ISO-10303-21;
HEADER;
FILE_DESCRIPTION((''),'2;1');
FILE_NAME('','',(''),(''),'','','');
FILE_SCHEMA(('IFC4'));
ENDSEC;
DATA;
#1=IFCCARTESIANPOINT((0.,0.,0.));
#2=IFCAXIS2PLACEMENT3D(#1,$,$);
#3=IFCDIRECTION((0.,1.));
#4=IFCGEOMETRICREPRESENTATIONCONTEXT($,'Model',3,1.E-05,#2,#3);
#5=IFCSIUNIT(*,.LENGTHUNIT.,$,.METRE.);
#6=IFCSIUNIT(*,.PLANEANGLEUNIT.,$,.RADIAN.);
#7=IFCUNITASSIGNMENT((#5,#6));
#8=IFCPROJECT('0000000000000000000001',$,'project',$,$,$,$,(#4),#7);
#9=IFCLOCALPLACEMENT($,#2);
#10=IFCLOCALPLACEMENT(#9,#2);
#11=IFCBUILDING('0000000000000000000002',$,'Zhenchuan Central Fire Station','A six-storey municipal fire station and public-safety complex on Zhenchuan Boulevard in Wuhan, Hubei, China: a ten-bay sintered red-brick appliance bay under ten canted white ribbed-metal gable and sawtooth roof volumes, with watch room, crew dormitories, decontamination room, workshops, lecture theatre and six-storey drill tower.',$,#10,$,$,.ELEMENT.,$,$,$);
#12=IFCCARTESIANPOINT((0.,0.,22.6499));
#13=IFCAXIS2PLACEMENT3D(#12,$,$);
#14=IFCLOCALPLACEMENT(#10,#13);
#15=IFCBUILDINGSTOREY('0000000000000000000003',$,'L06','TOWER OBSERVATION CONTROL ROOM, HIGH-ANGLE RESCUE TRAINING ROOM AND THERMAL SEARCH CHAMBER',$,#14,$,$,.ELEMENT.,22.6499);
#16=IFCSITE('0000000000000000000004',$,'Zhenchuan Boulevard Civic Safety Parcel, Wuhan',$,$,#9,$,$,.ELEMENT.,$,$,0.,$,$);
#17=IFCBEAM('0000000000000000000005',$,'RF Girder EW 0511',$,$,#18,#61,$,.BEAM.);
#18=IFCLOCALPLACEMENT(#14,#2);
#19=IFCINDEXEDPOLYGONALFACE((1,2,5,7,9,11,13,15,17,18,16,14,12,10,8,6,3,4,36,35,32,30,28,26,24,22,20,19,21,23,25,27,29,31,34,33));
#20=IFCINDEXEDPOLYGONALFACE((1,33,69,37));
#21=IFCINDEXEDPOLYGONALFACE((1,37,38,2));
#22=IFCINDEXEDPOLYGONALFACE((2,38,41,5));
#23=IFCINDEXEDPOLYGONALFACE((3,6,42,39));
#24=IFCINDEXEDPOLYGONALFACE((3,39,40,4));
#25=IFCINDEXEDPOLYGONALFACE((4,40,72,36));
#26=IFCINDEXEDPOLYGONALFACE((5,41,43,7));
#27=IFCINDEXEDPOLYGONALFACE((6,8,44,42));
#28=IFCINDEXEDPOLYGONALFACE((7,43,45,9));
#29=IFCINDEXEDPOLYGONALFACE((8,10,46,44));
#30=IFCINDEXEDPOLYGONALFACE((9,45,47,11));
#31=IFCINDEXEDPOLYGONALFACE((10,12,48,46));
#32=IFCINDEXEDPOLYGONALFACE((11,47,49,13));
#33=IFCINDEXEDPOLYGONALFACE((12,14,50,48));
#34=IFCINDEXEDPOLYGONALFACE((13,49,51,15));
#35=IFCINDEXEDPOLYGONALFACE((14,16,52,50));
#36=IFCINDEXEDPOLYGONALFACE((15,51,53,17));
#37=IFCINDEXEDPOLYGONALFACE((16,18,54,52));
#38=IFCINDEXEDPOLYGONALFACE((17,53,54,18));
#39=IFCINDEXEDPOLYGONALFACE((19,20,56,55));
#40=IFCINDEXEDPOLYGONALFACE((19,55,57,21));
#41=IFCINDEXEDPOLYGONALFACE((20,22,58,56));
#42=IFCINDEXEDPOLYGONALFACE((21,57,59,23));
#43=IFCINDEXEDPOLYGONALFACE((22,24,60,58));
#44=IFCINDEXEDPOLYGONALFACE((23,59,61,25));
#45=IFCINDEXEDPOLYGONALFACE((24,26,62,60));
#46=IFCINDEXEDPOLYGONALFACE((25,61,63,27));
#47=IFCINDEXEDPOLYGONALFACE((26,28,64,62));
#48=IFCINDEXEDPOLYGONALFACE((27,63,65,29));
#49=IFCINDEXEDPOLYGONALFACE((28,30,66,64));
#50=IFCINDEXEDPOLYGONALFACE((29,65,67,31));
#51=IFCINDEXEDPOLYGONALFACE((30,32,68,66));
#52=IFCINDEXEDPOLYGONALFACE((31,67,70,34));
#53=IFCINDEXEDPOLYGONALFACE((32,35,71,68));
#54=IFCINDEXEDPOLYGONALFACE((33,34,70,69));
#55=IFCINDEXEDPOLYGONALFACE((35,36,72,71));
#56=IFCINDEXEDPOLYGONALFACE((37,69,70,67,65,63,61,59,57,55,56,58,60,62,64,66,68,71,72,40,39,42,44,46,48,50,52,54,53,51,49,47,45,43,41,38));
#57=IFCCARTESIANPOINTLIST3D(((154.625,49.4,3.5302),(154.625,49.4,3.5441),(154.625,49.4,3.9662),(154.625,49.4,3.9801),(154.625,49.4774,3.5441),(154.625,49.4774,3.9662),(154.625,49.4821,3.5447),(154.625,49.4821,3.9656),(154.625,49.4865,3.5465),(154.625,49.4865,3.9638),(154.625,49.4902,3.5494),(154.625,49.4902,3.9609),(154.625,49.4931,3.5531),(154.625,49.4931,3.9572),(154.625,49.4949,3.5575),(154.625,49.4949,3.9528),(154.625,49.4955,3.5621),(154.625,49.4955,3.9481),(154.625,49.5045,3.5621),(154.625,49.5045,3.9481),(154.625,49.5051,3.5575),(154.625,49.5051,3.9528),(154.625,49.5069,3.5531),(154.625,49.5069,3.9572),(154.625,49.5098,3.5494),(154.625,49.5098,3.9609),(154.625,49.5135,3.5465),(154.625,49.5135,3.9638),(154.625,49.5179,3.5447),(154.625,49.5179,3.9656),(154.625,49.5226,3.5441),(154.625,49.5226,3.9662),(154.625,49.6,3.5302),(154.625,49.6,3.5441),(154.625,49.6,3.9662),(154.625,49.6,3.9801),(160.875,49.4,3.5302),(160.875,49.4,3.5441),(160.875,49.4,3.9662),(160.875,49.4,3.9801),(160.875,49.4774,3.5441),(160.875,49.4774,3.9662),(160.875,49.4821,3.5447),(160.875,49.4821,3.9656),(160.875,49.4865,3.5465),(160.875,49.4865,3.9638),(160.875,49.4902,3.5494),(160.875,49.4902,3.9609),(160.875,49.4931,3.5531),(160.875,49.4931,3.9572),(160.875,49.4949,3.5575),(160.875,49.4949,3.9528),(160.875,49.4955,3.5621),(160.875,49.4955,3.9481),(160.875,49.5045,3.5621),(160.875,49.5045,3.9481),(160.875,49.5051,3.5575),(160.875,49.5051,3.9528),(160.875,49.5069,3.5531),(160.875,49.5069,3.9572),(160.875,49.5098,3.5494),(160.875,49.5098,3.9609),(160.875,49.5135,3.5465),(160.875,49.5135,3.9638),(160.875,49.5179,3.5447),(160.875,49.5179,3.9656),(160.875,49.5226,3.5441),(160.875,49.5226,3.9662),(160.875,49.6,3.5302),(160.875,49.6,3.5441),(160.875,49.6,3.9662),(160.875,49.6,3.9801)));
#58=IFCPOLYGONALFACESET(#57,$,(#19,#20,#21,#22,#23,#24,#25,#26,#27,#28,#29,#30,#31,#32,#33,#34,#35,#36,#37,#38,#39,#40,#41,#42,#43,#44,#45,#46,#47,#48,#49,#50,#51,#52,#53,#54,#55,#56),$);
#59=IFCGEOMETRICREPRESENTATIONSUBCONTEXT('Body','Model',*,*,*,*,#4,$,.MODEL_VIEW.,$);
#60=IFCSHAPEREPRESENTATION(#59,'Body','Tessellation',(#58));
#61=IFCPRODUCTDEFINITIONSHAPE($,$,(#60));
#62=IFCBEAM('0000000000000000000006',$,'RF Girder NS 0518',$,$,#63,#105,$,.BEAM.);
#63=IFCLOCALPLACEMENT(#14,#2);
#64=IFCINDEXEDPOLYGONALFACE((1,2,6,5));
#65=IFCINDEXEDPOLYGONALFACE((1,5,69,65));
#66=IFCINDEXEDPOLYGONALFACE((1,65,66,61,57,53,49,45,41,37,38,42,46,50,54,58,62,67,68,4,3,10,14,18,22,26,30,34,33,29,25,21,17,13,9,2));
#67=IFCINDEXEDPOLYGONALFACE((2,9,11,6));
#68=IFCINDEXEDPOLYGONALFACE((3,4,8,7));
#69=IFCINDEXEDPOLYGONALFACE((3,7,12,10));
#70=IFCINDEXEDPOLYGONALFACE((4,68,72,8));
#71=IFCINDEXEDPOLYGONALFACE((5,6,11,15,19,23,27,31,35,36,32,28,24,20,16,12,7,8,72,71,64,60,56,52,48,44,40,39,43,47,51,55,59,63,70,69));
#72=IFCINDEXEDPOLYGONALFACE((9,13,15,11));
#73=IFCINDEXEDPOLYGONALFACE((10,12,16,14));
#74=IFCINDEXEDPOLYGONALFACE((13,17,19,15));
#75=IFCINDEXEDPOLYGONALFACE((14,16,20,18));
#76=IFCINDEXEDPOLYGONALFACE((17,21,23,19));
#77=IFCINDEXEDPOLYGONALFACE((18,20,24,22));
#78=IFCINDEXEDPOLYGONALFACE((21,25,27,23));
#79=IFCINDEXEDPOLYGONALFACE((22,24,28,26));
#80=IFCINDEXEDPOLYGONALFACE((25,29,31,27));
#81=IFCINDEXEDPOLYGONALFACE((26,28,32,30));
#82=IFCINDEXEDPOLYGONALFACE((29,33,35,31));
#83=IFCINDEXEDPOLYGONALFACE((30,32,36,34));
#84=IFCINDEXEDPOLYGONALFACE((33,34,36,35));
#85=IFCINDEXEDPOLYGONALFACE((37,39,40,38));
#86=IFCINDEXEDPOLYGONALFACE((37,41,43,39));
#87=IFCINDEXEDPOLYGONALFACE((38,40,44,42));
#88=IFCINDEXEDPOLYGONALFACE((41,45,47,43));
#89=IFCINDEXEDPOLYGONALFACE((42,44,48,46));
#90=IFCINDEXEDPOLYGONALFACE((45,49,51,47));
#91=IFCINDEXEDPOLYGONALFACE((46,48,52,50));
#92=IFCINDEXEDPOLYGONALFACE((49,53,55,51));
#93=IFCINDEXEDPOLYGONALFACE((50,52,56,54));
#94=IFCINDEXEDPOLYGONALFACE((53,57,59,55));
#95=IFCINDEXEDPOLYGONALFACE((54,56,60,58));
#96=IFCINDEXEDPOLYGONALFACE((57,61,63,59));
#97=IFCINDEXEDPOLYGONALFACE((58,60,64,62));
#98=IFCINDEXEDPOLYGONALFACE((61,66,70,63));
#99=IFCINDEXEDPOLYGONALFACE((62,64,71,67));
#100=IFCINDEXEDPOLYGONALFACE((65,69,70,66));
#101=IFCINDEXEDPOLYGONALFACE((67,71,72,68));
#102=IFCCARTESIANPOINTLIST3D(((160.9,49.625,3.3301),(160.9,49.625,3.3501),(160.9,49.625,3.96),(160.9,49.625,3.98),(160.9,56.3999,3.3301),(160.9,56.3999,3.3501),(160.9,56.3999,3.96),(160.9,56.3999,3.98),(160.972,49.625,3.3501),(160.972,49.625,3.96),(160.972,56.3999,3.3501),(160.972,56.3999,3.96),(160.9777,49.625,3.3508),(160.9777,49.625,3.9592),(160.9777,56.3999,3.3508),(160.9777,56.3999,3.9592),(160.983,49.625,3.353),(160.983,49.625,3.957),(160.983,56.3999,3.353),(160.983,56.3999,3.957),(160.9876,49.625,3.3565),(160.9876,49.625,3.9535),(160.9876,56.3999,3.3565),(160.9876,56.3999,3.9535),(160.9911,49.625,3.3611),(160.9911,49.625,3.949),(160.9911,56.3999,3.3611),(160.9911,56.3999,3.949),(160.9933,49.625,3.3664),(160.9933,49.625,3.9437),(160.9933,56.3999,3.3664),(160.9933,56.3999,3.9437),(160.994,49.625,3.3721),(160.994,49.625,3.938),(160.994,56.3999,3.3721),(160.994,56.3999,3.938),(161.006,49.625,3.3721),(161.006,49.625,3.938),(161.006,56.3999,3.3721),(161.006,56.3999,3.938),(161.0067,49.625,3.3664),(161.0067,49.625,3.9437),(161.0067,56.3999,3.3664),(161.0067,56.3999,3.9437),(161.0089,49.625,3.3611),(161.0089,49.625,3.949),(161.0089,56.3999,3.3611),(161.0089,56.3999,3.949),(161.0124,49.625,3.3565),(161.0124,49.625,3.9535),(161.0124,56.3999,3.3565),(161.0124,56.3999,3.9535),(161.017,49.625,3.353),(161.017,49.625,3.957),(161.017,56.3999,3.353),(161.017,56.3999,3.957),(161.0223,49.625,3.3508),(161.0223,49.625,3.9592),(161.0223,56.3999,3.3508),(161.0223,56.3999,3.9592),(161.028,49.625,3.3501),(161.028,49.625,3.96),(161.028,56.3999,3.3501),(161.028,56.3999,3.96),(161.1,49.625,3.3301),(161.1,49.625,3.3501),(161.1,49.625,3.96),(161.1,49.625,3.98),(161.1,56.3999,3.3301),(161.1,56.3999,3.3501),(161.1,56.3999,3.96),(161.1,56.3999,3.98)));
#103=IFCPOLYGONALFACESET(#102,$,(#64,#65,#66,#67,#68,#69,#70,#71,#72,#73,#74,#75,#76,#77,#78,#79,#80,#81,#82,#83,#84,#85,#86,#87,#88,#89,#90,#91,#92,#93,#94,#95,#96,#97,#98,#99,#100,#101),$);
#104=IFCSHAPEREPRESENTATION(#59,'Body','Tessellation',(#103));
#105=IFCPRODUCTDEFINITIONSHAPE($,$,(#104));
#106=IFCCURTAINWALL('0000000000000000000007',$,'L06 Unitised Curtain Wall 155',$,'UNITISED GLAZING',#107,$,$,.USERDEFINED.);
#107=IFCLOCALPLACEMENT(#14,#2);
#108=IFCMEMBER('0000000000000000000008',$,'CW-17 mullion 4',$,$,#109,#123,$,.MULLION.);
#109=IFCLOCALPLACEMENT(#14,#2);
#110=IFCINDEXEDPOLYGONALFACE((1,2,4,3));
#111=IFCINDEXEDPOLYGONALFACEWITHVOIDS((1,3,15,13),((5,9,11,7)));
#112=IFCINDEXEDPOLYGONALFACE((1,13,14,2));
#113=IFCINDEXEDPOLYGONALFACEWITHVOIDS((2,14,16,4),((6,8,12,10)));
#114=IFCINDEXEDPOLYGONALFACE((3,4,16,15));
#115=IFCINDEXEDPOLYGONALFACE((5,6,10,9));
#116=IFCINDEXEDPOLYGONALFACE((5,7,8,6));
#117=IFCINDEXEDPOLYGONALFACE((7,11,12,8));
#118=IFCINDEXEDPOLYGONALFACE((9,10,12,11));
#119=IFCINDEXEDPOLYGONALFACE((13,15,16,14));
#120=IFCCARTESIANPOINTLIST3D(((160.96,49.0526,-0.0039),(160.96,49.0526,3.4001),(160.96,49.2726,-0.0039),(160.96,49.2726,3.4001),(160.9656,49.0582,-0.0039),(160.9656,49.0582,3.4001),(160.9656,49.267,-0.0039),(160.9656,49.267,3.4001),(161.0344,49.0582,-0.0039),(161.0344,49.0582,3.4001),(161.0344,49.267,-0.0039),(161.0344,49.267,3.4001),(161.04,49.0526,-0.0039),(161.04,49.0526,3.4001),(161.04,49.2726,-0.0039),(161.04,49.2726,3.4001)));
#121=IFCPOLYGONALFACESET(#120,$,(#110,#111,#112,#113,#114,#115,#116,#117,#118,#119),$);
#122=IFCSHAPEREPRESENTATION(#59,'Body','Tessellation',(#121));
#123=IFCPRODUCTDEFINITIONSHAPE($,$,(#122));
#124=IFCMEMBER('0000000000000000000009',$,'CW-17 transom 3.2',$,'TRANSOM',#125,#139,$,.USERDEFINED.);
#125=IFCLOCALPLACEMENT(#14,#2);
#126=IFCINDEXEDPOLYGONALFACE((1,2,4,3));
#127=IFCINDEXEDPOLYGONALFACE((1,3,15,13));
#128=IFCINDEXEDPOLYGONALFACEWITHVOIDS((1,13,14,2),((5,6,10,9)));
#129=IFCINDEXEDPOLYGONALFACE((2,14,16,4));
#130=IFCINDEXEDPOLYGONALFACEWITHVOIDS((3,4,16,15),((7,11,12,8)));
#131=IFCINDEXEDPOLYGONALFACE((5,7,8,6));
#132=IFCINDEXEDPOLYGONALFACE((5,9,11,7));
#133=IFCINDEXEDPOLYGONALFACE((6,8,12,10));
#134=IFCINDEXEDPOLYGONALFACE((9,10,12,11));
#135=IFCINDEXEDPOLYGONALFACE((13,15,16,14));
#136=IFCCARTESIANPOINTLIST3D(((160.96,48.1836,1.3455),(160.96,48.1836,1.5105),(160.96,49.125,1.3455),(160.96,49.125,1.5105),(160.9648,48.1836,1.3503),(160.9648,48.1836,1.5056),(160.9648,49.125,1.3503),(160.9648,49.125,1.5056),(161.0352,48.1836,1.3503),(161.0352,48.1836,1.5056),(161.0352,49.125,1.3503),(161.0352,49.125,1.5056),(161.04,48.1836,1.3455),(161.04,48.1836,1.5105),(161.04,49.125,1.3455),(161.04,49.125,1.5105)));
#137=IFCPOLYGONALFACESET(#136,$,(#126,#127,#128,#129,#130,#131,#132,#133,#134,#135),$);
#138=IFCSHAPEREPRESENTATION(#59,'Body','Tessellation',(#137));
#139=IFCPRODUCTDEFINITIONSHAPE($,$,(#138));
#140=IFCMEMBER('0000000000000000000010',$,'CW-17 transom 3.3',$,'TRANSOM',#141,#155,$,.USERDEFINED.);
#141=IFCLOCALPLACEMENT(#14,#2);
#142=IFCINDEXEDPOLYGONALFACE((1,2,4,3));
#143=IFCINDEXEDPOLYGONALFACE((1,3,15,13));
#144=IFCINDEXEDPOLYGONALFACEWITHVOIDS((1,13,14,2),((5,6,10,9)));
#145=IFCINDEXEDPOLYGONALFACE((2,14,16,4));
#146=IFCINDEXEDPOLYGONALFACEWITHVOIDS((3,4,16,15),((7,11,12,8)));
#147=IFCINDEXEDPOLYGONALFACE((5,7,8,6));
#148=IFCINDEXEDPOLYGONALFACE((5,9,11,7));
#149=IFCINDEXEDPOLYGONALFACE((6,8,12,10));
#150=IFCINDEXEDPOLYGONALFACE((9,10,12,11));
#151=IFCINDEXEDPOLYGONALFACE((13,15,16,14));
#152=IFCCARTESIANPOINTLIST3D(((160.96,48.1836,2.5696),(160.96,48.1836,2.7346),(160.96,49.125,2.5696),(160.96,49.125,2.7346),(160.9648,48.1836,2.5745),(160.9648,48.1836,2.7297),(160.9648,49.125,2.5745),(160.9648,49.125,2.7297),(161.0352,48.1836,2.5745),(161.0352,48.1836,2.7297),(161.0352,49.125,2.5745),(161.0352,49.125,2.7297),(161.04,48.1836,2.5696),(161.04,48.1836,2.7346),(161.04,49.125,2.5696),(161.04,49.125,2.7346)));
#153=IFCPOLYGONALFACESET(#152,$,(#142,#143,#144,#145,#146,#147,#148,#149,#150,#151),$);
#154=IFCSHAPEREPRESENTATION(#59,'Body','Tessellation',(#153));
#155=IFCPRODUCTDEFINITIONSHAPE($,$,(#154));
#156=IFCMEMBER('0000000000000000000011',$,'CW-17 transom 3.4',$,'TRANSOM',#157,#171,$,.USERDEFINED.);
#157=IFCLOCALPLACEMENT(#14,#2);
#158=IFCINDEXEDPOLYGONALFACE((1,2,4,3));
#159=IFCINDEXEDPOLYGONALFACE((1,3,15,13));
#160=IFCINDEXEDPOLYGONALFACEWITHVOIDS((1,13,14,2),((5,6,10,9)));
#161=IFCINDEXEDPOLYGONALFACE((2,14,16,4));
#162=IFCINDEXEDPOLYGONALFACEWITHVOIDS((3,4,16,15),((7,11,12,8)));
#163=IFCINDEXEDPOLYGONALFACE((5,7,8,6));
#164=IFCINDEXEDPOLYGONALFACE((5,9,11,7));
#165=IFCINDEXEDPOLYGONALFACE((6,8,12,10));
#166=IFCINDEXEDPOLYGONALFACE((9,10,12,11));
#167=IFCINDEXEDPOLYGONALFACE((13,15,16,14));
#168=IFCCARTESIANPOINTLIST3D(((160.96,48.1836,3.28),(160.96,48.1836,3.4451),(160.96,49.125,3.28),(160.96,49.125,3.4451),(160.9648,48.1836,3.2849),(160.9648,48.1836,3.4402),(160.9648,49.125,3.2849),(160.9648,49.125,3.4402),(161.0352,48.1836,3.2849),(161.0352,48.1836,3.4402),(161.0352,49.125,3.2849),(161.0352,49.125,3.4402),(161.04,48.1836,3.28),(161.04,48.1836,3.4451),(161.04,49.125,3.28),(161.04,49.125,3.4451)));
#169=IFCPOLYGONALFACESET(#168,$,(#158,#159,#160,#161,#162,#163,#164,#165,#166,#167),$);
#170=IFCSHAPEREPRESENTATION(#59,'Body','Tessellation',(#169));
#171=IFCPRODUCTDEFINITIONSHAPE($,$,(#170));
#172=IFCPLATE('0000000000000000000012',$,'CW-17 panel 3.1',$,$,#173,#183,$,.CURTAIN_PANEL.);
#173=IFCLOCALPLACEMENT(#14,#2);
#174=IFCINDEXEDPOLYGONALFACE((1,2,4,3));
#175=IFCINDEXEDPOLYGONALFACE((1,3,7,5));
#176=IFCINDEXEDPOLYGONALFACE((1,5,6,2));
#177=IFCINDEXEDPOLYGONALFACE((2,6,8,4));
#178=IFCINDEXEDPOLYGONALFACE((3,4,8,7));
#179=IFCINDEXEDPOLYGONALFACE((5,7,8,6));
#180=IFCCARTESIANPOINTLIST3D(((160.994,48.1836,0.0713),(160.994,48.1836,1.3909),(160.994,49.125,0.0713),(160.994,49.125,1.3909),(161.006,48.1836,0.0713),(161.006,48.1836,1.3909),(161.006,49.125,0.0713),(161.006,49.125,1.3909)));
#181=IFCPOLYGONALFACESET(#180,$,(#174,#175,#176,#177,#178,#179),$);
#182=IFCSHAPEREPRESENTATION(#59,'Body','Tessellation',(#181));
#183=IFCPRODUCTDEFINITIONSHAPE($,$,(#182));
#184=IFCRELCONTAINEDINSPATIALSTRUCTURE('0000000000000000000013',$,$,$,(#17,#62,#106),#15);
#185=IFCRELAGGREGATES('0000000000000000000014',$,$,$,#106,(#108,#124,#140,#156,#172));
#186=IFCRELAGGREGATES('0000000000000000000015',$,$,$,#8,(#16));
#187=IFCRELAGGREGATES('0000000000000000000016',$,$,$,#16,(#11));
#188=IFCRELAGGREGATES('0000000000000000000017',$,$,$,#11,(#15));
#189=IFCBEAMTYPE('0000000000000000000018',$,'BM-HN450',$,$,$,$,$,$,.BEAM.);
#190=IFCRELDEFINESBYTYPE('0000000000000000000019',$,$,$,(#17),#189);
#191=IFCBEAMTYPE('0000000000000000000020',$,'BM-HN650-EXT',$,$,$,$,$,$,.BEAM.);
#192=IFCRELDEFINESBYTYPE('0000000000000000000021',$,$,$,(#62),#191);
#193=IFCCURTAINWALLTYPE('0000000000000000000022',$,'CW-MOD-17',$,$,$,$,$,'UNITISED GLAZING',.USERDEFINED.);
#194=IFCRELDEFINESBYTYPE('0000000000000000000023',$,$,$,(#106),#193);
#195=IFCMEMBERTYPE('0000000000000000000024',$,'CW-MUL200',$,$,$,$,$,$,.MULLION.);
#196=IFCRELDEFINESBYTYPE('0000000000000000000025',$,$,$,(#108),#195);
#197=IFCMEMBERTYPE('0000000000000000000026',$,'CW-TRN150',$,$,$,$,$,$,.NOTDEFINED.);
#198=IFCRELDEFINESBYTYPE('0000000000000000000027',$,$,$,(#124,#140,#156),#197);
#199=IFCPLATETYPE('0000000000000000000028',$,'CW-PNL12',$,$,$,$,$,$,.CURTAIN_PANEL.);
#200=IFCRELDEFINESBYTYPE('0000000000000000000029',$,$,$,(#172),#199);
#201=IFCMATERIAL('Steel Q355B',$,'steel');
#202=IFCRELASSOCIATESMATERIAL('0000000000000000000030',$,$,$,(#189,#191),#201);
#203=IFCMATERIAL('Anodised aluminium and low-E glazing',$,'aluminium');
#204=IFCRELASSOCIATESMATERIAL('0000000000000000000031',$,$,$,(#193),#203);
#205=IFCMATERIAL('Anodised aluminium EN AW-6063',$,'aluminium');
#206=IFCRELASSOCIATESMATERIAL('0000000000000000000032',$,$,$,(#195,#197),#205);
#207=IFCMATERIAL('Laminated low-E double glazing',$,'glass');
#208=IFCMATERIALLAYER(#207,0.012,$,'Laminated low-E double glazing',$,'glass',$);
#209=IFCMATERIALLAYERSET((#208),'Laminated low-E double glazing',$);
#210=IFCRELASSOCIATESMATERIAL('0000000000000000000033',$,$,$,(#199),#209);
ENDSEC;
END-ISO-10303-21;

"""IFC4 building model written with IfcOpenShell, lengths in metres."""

from ifc_helpers import new_model, si_unit, direction, frame, origin, origin_2d, place, context, subcontext, project, spatial, rectangle, hollow_rectangle, i_section, extrude, material, layer, layer_set, material_profile, profile_set, type_object, element, aggregate, save


model = new_model("IFC4")

# Units and contexts
model_context = context("Model", 3, precision=1e-05, world=origin(), true_north=direction((0.0, 1.0)))
body_context = subcontext(model_context, "Body", "Model", "MODEL_VIEW")
ifc_project = project(units=[si_unit("LENGTHUNIT", "METRE"), si_unit("PLANEANGLEUNIT", "RADIAN")], contexts=[model_context])

# Site, building, storey
site_placement = place(None, origin())
site = spatial("IfcSite", under=ifc_project, at=site_placement, Name="Zhenchuan Boulevard Civic Safety Parcel, Wuhan", CompositionType="ELEMENT", RefElevation=0.0)
building_placement = place(site_placement, origin())
building = spatial("IfcBuilding", under=site, at=building_placement, Name="Zhenchuan Central Fire Station", Description="A six-storey municipal fire station and public-safety complex on Zhenchuan Boulevard in Wuhan, Hubei, China: a ten-bay sintered red-brick appliance bay under ten canted white ribbed-metal gable and sawtooth roof volumes, with watch room, crew dormitories, decontamination room, workshops, lecture theatre and six-storey drill tower.", CompositionType="ELEMENT")
storey_placement = place(building_placement, frame((0.0, 0.0, 22.6499)))
storey = spatial("IfcBuildingStorey", under=building, at=storey_placement, Name="L06", Description="TOWER OBSERVATION CONTROL ROOM, HIGH-ANGLE RESCUE TRAINING ROOM AND THERMAL SEARCH CHAMBER", CompositionType="ELEMENT", Elevation=22.6499)

# Shared definitions
ifc_material_1 = material(Name="Steel Q355B", Category="steel")

# Beams
ifc_material_profile_1 = material_profile(ifc_material_1, i_section(OverallWidth=0.2, OverallDepth=0.45, WebThickness=0.009, FlangeThickness=0.0139, FilletRadius=0.0181, at=origin_2d()), Name="HN 450x200")
ifc_profile_set_1 = profile_set([ifc_material_profile_1], Name="Steel Q355B")
beam_type_1 = type_object("IfcBeamType", Name="BM-HN450", PredefinedType="BEAM", material=ifc_profile_set_1)
beam_1_placement = place(storey_placement, frame((154.625, 49.5, 3.7551), z_axis=(1.0, 0.0, 0.0), x_axis=(0.0, 1.0, 0.0)))
element("IfcBeam", 1, at=beam_1_placement, inside=storey, type_object=beam_type_1, Name="RF Girder EW 0511", PredefinedType="BEAM", context=body_context, shape_type="SweptSolid", body=[
    extrude(i_section(OverallWidth=0.2, OverallDepth=0.45, WebThickness=0.009, FlangeThickness=0.0139, FilletRadius=0.0181, at=origin_2d()), origin(), (0.0, 0.0, 1.0), 6.25),
])
ifc_material_profile_2 = material_profile(ifc_material_1, i_section(OverallWidth=0.2, OverallDepth=0.6499, WebThickness=0.012, FlangeThickness=0.02, FilletRadius=0.022, at=origin_2d()), Name="HN 650x200")
ifc_profile_set_2 = profile_set([ifc_material_profile_2], Name="Steel Q355B")
beam_type_2 = type_object("IfcBeamType", Name="BM-HN650-EXT", PredefinedType="BEAM", material=ifc_profile_set_2)
beam_2_placement = place(storey_placement, frame((161.0, 49.625, 3.655), z_axis=(0.0, 1.0, 0.0), x_axis=(-1.0, 0.0, 0.0)))
element("IfcBeam", 2, at=beam_2_placement, inside=storey, type_object=beam_type_2, Name="RF Girder NS 0518", PredefinedType="BEAM", context=body_context, shape_type="SweptSolid", body=[
    extrude(i_section(OverallWidth=0.2, OverallDepth=0.6499, WebThickness=0.012, FlangeThickness=0.02, FilletRadius=0.022, at=origin_2d()), origin(), (0.0, 0.0, 1.0), 6.7749),
])

# Curtain wall, members, plate
ifc_material_2 = material(Name="Anodised aluminium and low-E glazing", Category="aluminium")
curtain_wall_type = type_object("IfcCurtainWallType", Name="CW-MOD-17", ElementType="UNITISED GLAZING", PredefinedType="USERDEFINED", material=ifc_material_2)
curtain_wall_placement = place(storey_placement, origin())
curtain_wall = element("IfcCurtainWall", 3, at=curtain_wall_placement, inside=storey, type_object=curtain_wall_type, Name="L06 Unitised Curtain Wall 155", ObjectType="UNITISED GLAZING", PredefinedType="USERDEFINED")
ifc_material_3 = material(Name="Anodised aluminium EN AW-6063", Category="aluminium")
ifc_material_profile_3 = material_profile(ifc_material_3, hollow_rectangle(XDim=0.0801, YDim=0.22, WallThickness=0.0056, at=origin_2d()), Name="ALU-M 220x80")
ifc_profile_set_3 = profile_set([ifc_material_profile_3], Name="Anodised aluminium EN AW-6063")
member_type_1 = type_object("IfcMemberType", Name="CW-MUL200", PredefinedType="MULLION", material=ifc_profile_set_3)
member_1_placement = place(storey_placement, frame((161.0, 49.1626, -0.0039), z_axis=(0.0, 0.0, 1.0), x_axis=(-1.0, 0.0, 0.0)))
member_1 = element("IfcMember", 4, at=member_1_placement, type_object=member_type_1, Name="CW-17 mullion 4", PredefinedType="MULLION", context=body_context, shape_type="SweptSolid", body=[
    extrude(hollow_rectangle(XDim=0.0801, YDim=0.22, WallThickness=0.0056, at=origin_2d()), origin(), (0.0, 0.0, 1.0), 3.4041),
])
ifc_material_profile_4 = material_profile(ifc_material_3, hollow_rectangle(XDim=0.0801, YDim=0.165, WallThickness=0.0049, at=origin_2d()), Name="ALU-T 165x80")
ifc_profile_set_4 = profile_set([ifc_material_profile_4], Name="Anodised aluminium EN AW-6063")
member_type_2 = type_object("IfcMemberType", Name="CW-TRN150", PredefinedType="NOTDEFINED", material=ifc_profile_set_4)
member_2_placement = place(storey_placement, frame((161.0, 48.1836, 1.428), z_axis=(0.0, 1.0, 0.0), x_axis=(-1.0, 0.0, 0.0)))
member_2 = element("IfcMember", 5, at=member_2_placement, type_object=member_type_2, Name="CW-17 transom 3.2", ObjectType="TRANSOM", PredefinedType="USERDEFINED", context=body_context, shape_type="SweptSolid", body=[
    extrude(hollow_rectangle(XDim=0.0801, YDim=0.165, WallThickness=0.0049, at=origin_2d()), origin(), (0.0, 0.0, 1.0), 0.9414),
])
member_3_placement = place(storey_placement, frame((161.0, 48.1836, 2.6521), z_axis=(0.0, 1.0, 0.0), x_axis=(-1.0, 0.0, 0.0)))
member_3 = element("IfcMember", 6, at=member_3_placement, type_object=member_type_2, Name="CW-17 transom 3.3", ObjectType="TRANSOM", PredefinedType="USERDEFINED", context=body_context, shape_type="SweptSolid", body=[
    extrude(hollow_rectangle(XDim=0.0801, YDim=0.165, WallThickness=0.0049, at=origin_2d()), origin(), (0.0, 0.0, 1.0), 0.9414),
])
member_4_placement = place(storey_placement, frame((161.0, 48.1836, 3.3625), z_axis=(0.0, 1.0, 0.0), x_axis=(-1.0, 0.0, 0.0)))
member_4 = element("IfcMember", 7, at=member_4_placement, type_object=member_type_2, Name="CW-17 transom 3.4", ObjectType="TRANSOM", PredefinedType="USERDEFINED", context=body_context, shape_type="SweptSolid", body=[
    extrude(hollow_rectangle(XDim=0.0801, YDim=0.165, WallThickness=0.0049, at=origin_2d()), origin(), (0.0, 0.0, 1.0), 0.9414),
])
ifc_material_4 = material(Name="Laminated low-E double glazing", Category="glass")
ifc_layer_1 = layer(ifc_material_4, 0.012, Name="Laminated low-E double glazing", Category="glass")
ifc_layer_set_1 = layer_set([ifc_layer_1], Name="Laminated low-E double glazing")
plate_type_1 = type_object("IfcPlateType", Name="CW-PNL12", PredefinedType="CURTAIN_PANEL", material=ifc_layer_set_1)
plate_1_placement = place(storey_placement, frame((161.0, 48.6543, 0.0713), z_axis=(0.0, 0.0, 1.0), x_axis=(0.0, 1.0, 0.0)))
plate_1 = element("IfcPlate", 8, at=plate_1_placement, type_object=plate_type_1, Name="CW-17 panel 3.1", PredefinedType="CURTAIN_PANEL", context=body_context, shape_type="SweptSolid", body=[
    extrude(rectangle(XDim=0.9414, YDim=0.012, at=origin_2d()), origin(), (0.0, 0.0, 1.0), 1.3196),
])
aggregate(curtain_wall, [member_1, member_2, member_3, member_4, plate_1])

save(model, "model.ifc")
